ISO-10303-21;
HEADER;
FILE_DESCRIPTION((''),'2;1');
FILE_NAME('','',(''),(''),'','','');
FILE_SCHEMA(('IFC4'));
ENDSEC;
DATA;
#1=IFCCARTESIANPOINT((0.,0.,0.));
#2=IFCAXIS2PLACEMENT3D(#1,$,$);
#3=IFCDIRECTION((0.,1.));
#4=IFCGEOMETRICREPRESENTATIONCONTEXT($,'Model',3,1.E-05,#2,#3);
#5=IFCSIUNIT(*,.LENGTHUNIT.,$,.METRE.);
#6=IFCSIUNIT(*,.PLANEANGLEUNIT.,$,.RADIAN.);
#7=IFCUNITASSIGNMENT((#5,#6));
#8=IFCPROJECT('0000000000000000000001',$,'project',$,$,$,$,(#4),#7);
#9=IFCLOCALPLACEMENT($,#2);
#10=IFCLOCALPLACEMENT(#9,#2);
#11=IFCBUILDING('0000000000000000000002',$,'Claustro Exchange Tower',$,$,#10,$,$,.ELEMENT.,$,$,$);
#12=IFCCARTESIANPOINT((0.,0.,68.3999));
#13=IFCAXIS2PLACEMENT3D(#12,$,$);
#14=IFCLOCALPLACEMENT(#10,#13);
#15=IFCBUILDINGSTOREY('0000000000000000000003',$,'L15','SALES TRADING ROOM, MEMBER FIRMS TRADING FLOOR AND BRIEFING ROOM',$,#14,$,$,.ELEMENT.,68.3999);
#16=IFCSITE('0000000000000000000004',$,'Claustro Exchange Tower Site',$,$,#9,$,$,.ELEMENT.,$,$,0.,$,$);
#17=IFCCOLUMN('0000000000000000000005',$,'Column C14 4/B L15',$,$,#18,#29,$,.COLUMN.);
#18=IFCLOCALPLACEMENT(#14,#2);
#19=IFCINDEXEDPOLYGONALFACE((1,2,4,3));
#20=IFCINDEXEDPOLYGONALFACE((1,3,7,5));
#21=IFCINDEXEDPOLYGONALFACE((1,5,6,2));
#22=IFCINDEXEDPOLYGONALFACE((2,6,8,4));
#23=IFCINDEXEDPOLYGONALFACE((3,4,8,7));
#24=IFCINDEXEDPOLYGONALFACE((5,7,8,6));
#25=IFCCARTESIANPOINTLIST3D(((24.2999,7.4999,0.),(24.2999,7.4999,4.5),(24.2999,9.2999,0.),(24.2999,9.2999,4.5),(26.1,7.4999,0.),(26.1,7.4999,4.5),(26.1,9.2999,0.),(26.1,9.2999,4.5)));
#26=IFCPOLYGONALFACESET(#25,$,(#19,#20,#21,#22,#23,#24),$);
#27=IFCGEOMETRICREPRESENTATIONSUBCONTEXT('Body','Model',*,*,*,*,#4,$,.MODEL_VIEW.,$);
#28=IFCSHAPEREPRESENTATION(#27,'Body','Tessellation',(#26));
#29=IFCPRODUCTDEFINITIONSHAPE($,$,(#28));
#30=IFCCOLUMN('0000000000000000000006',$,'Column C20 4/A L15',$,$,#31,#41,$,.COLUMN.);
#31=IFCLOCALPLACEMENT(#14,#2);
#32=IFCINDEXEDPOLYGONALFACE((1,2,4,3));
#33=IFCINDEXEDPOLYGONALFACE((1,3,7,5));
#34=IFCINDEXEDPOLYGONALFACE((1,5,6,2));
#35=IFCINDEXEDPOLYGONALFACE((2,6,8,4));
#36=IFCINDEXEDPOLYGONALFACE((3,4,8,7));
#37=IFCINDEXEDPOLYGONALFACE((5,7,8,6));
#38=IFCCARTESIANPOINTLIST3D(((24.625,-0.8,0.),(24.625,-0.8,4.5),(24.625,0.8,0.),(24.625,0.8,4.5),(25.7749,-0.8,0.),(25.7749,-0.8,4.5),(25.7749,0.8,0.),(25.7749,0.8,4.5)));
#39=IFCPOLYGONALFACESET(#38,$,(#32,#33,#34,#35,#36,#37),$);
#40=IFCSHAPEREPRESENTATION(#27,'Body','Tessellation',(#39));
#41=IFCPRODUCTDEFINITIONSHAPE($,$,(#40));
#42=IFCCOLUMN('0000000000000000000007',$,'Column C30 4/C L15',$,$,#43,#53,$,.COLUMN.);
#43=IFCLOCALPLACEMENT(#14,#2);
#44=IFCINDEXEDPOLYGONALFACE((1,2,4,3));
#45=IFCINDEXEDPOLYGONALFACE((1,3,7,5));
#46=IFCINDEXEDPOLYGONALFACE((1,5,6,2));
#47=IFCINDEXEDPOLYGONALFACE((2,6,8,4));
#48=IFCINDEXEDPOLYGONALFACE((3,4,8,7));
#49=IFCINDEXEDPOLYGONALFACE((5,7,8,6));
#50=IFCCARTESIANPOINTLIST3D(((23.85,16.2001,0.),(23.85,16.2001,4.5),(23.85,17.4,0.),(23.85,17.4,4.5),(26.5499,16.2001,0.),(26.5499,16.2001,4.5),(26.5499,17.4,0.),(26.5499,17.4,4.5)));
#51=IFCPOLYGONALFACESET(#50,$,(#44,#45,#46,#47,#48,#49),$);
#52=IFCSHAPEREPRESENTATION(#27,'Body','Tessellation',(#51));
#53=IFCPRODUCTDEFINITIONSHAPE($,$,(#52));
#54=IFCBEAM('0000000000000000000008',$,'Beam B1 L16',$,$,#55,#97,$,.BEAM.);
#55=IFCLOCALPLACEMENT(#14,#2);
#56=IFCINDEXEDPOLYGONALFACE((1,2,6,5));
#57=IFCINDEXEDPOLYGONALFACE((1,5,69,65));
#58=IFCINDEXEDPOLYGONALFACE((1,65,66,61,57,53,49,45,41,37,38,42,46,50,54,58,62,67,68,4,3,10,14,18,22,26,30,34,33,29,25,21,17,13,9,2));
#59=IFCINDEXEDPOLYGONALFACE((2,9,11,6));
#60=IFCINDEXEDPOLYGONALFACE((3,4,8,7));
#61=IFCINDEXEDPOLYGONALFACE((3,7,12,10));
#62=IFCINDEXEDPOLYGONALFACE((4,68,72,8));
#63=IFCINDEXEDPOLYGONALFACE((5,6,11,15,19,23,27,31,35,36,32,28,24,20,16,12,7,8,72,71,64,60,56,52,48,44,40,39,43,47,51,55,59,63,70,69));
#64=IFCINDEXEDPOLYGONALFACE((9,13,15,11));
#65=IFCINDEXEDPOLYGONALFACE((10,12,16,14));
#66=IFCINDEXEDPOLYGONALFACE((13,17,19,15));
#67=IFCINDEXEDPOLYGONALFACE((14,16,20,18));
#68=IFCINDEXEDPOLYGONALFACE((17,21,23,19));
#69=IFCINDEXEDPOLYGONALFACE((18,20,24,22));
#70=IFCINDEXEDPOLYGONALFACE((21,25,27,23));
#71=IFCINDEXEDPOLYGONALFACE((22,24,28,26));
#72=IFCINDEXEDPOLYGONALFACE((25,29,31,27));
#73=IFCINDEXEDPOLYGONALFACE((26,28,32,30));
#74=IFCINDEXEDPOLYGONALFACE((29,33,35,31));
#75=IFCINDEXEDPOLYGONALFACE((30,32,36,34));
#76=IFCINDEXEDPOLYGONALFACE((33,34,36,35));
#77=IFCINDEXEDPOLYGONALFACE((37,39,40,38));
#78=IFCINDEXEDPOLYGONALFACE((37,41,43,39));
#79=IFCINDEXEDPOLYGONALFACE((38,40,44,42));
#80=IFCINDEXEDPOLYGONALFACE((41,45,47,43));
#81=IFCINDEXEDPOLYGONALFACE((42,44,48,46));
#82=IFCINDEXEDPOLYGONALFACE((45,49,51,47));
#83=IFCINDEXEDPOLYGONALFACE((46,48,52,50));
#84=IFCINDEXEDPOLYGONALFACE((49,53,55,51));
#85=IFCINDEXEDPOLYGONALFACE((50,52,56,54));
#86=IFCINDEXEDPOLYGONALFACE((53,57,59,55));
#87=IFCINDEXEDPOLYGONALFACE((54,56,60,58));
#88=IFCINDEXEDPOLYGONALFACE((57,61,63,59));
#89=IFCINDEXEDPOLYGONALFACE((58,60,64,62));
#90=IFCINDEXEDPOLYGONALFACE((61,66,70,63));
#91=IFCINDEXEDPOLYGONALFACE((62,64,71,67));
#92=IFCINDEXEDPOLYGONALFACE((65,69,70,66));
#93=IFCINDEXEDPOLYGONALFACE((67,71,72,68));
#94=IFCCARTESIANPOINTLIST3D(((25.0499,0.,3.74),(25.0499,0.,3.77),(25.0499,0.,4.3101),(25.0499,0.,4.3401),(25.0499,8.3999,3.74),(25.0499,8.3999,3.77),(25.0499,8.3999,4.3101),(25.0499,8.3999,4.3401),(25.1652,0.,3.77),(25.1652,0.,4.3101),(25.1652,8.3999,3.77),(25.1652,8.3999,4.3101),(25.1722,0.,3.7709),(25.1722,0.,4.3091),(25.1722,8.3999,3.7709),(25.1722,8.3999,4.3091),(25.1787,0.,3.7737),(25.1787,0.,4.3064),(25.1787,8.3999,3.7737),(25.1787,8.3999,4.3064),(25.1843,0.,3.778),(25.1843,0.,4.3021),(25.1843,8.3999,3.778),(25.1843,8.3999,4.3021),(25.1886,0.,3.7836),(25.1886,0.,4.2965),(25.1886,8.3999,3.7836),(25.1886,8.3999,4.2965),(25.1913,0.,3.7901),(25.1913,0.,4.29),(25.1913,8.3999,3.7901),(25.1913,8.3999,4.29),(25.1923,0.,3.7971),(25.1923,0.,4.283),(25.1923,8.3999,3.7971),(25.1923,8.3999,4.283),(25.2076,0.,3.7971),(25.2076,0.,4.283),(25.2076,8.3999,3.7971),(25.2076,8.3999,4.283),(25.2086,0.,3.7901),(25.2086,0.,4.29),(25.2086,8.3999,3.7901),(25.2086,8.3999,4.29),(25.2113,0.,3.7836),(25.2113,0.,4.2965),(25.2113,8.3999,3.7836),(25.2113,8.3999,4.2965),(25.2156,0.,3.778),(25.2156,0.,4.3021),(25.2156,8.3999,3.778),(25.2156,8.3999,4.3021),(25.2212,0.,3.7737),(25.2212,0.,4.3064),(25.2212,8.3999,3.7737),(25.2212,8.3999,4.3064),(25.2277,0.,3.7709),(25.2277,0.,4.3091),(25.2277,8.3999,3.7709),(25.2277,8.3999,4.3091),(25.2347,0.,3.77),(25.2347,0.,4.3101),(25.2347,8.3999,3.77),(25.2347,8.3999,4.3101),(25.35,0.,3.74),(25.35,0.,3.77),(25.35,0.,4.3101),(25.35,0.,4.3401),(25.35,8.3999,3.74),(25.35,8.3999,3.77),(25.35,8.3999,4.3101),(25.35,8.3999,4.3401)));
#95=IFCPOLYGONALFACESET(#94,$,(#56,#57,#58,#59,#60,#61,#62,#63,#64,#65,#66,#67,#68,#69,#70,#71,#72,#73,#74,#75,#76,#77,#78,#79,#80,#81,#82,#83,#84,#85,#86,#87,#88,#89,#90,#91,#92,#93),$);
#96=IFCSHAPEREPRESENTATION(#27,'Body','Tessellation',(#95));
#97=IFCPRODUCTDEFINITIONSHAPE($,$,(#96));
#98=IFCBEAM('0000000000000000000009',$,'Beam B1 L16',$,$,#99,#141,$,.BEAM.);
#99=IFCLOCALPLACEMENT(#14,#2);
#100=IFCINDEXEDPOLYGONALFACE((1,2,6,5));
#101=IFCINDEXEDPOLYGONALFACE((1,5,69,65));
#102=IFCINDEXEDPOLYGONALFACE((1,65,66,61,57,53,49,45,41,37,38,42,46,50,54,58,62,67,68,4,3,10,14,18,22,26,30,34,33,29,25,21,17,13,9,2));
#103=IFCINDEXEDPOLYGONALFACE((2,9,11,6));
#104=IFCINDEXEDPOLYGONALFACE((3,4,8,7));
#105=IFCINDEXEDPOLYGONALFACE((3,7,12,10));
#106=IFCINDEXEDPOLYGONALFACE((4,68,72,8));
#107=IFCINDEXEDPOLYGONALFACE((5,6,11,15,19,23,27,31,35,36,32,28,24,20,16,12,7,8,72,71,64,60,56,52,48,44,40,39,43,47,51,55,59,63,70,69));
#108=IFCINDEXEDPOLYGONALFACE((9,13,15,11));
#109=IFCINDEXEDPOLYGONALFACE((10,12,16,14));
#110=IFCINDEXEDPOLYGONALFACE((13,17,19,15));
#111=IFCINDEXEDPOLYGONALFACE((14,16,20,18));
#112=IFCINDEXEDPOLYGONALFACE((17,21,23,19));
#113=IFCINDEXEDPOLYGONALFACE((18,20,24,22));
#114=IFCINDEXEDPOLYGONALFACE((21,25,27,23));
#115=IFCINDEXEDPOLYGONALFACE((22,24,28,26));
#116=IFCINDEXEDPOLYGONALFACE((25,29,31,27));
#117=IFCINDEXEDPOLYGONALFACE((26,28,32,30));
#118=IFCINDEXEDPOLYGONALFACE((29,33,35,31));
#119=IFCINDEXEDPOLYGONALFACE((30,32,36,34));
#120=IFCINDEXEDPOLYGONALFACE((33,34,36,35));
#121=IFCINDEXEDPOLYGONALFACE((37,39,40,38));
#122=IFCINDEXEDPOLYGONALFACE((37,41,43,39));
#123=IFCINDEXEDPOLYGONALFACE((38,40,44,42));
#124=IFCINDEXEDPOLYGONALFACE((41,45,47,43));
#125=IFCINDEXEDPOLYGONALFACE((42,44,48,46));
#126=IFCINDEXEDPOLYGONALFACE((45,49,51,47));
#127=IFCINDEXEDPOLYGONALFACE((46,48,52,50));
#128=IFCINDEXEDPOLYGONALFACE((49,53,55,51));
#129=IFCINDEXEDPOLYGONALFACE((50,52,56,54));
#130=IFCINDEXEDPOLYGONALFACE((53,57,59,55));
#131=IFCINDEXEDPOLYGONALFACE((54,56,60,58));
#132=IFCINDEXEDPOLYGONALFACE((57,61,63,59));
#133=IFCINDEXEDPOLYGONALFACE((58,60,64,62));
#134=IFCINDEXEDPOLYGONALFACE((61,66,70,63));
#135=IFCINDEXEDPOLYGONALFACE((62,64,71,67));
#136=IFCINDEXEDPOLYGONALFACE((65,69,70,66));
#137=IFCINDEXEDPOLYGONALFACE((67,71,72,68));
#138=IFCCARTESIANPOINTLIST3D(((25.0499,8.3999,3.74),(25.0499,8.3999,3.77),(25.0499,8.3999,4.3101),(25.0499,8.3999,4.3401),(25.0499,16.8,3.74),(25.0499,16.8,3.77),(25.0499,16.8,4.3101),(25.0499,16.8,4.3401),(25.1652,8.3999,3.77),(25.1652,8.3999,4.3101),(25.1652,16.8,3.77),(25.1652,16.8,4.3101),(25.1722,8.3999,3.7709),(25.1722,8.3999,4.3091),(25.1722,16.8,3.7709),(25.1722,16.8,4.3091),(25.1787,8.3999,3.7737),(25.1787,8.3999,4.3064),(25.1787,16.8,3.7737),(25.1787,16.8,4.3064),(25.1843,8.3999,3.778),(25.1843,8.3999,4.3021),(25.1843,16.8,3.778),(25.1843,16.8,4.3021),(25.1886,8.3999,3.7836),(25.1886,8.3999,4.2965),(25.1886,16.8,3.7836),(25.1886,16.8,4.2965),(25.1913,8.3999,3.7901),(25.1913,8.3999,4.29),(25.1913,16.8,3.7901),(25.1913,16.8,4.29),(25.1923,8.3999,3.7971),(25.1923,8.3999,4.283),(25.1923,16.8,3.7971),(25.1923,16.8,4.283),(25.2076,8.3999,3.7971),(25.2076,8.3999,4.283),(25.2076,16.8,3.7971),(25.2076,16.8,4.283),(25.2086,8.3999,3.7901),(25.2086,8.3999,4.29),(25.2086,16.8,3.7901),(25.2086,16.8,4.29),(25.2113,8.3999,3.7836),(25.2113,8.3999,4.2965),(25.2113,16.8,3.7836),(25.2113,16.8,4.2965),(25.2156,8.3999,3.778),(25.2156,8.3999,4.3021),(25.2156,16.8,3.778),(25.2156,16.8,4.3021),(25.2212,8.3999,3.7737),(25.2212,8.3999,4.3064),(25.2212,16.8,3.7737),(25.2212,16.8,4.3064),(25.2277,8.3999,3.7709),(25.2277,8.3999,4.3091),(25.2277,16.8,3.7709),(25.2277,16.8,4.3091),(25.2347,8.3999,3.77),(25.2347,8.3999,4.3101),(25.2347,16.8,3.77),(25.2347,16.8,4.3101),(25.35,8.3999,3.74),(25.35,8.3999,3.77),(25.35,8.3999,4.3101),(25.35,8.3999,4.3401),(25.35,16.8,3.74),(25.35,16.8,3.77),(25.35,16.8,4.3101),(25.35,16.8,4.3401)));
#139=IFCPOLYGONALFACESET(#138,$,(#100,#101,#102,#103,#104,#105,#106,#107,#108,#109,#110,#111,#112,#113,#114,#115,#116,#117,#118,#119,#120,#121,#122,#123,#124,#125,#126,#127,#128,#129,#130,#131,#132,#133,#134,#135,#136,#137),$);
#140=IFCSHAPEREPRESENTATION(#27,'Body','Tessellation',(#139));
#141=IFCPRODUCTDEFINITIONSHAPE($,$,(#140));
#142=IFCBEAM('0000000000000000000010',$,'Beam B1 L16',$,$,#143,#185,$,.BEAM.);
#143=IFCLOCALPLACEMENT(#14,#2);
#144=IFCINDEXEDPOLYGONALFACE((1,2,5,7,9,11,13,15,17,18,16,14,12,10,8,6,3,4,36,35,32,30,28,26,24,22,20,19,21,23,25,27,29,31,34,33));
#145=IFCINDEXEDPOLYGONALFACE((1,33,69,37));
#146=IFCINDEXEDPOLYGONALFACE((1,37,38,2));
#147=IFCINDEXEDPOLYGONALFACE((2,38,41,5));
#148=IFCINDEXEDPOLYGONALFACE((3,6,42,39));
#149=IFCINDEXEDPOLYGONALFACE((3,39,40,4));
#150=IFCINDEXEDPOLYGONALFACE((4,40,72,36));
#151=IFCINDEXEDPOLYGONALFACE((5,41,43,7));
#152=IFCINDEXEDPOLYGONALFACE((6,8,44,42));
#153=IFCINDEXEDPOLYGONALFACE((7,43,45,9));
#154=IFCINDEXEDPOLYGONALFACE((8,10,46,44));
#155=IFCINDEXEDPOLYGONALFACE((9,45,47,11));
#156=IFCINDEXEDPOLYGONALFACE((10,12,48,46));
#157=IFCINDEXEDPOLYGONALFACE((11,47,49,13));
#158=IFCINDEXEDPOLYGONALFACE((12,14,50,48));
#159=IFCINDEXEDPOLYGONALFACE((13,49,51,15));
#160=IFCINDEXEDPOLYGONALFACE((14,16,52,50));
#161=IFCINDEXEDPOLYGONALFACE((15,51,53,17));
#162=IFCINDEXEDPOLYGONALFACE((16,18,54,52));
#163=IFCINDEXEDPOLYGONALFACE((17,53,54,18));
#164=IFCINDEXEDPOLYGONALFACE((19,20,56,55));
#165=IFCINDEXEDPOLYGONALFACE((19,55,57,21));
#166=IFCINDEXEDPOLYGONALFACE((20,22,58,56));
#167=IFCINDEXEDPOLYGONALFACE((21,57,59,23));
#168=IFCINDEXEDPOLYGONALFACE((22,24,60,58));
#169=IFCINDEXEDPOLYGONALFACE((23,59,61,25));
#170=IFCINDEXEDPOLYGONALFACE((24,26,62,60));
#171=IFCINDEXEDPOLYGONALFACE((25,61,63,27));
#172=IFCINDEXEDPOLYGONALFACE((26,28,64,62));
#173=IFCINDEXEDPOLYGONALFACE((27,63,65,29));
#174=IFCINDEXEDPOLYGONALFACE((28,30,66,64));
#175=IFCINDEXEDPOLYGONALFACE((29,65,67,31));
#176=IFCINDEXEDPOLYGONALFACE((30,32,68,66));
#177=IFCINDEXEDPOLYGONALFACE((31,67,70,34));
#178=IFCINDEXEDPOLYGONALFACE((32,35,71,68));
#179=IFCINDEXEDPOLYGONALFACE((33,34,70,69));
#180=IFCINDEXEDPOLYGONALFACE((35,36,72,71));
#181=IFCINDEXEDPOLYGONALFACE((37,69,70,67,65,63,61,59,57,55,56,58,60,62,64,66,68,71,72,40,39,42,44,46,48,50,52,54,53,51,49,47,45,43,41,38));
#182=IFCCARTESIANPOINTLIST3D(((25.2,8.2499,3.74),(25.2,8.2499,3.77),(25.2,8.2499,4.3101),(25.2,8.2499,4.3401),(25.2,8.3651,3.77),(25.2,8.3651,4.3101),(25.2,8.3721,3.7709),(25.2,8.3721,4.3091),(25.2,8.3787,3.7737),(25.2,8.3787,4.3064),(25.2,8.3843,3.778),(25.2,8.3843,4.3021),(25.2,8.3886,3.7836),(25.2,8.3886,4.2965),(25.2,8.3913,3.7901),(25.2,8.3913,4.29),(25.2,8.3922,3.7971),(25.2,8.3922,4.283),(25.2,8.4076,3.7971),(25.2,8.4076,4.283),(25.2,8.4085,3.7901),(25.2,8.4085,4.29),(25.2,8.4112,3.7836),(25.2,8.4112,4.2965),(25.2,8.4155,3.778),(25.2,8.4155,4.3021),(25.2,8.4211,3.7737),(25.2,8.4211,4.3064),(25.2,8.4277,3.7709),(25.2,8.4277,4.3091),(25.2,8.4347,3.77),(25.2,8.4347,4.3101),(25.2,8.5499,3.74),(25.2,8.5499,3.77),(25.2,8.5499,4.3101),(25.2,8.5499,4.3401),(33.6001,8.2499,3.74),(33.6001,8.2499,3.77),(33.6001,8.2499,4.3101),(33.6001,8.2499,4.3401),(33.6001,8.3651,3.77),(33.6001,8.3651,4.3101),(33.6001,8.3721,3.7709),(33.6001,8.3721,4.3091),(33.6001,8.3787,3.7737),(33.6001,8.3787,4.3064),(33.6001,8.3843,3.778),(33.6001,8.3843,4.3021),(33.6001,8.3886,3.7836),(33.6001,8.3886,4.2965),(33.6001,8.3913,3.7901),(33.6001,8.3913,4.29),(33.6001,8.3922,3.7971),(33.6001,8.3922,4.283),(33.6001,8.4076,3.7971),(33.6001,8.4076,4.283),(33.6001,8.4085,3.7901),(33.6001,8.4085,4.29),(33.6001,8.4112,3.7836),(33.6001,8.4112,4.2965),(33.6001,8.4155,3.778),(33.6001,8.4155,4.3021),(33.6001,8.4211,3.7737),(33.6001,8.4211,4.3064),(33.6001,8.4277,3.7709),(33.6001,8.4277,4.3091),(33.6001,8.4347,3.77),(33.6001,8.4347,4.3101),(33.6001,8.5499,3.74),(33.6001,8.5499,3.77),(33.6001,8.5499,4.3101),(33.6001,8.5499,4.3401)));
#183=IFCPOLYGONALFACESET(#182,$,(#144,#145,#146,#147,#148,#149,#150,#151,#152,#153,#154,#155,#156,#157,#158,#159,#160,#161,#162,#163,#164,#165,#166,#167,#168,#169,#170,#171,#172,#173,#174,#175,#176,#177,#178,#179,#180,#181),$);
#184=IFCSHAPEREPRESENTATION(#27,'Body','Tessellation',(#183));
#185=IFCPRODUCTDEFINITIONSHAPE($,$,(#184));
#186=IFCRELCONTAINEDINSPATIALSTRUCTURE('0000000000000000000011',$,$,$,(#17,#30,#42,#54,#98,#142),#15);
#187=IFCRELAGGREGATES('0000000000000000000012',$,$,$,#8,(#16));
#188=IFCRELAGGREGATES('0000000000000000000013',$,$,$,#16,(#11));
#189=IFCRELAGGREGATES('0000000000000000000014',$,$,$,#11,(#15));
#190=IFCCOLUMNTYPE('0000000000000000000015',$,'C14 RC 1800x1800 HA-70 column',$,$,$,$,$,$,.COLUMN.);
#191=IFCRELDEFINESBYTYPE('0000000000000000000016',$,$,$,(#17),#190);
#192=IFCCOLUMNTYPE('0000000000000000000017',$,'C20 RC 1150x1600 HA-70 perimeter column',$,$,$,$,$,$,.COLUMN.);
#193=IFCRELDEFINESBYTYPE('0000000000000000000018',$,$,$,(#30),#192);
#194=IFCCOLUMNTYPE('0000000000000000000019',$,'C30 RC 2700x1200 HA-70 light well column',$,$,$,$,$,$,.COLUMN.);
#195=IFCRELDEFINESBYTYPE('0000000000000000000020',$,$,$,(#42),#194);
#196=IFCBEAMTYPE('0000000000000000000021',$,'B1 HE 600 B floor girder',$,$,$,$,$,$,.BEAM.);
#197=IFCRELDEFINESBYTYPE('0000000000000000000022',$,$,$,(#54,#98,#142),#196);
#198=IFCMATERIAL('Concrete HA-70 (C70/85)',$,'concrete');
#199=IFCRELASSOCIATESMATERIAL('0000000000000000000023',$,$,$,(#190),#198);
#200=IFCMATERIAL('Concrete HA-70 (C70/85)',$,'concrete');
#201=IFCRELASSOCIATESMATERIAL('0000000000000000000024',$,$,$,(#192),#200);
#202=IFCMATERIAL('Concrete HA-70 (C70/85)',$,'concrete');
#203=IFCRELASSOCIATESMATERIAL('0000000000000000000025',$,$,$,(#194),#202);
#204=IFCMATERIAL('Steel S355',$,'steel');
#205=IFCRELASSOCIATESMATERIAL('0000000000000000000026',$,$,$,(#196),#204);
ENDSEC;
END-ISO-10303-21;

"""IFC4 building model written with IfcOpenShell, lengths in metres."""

from ifc_helpers import new_model, si_unit, direction, frame, origin, origin_2d, place, context, subcontext, project, spatial, rectangle, i_section, extrude, material, material_profile, profile_set, type_object, element, save


model = new_model("IFC4")

# Units and contexts
model_context = context("Model", 3, precision=1e-05, world=origin(), true_north=direction((0.0, 1.0)))
body_context = subcontext(model_context, "Body", "Model", "MODEL_VIEW")
ifc_project = project(units=[si_unit("LENGTHUNIT", "METRE"), si_unit("PLANEANGLEUNIT", "RADIAN")], contexts=[model_context])

# Site, building, storey
site_placement = place(None, origin())
site = spatial("IfcSite", under=ifc_project, at=site_placement, Name="Claustro Exchange Tower Site", CompositionType="ELEMENT", RefElevation=0.0)
building_placement = place(site_placement, origin())
building = spatial("IfcBuilding", under=site, at=building_placement, Name="Claustro Exchange Tower", CompositionType="ELEMENT")
storey_placement = place(building_placement, frame((0.0, 0.0, 68.3999)))
storey = spatial("IfcBuildingStorey", under=building, at=storey_placement, Name="L15", Description="SALES TRADING ROOM, MEMBER FIRMS TRADING FLOOR AND BRIEFING ROOM", CompositionType="ELEMENT", Elevation=68.3999)

# Columns
ifc_material_1 = material(Name="Concrete HA-70 (C70/85)", Category="concrete")
ifc_material_profile_1 = material_profile(ifc_material_1, rectangle(XDim=1.8, YDim=1.8, at=origin_2d()), Name="RC 1800x1800")
ifc_profile_set_1 = profile_set([ifc_material_profile_1], Name="Concrete HA-70 (C70/85)")
column_type_1 = type_object("IfcColumnType", Name="C14 RC 1800x1800 HA-70 column", PredefinedType="COLUMN", material=ifc_profile_set_1)
column_1_placement = place(storey_placement, frame((25.2, 8.3999, 0.0), z_axis=(0.0, 0.0, 1.0), x_axis=(1.0, 0.0, 0.0)))
element("IfcColumn", 1, at=column_1_placement, inside=storey, type_object=column_type_1, Name="Column C14 4/B L15", PredefinedType="COLUMN", context=body_context, shape_type="SweptSolid", body=[
    extrude(rectangle(XDim=1.8, YDim=1.8, at=origin_2d()), origin(), (0.0, 0.0, 1.0), 4.5),
])
ifc_material_2 = material(Name="Concrete HA-70 (C70/85)", Category="concrete")
ifc_material_profile_2 = material_profile(ifc_material_2, rectangle(XDim=1.1499, YDim=1.6001, at=origin_2d()), Name="RC 1150x1600")
ifc_profile_set_2 = profile_set([ifc_material_profile_2], Name="Concrete HA-70 (C70/85)")
column_type_2 = type_object("IfcColumnType", Name="C20 RC 1150x1600 HA-70 perimeter column", PredefinedType="COLUMN", material=ifc_profile_set_2)
column_2_placement = place(storey_placement, frame((25.2, 0.0, 0.0), z_axis=(0.0, 0.0, 1.0), x_axis=(1.0, 0.0, 0.0)))
element("IfcColumn", 2, at=column_2_placement, inside=storey, type_object=column_type_2, Name="Column C20 4/A L15", PredefinedType="COLUMN", context=body_context, shape_type="SweptSolid", body=[
    extrude(rectangle(XDim=1.1499, YDim=1.6001, at=origin_2d()), origin(), (0.0, 0.0, 1.0), 4.5),
])
ifc_material_3 = material(Name="Concrete HA-70 (C70/85)", Category="concrete")
ifc_material_profile_3 = material_profile(ifc_material_3, rectangle(XDim=2.7, YDim=1.2, at=origin_2d()), Name="RC 2700x1200")
ifc_profile_set_3 = profile_set([ifc_material_profile_3], Name="Concrete HA-70 (C70/85)")
column_type_3 = type_object("IfcColumnType", Name="C30 RC 2700x1200 HA-70 light well column", PredefinedType="COLUMN", material=ifc_profile_set_3)
column_3_placement = place(storey_placement, frame((25.2, 16.8, 0.0), z_axis=(0.0, 0.0, 1.0), x_axis=(1.0, 0.0, 0.0)))
element("IfcColumn", 3, at=column_3_placement, inside=storey, type_object=column_type_3, Name="Column C30 4/C L15", PredefinedType="COLUMN", context=body_context, shape_type="SweptSolid", body=[
    extrude(rectangle(XDim=2.7, YDim=1.2, at=origin_2d()), origin(), (0.0, 0.0, 1.0), 4.5),
])

# Beams
ifc_material_4 = material(Name="Steel S355", Category="steel")
ifc_material_profile_4 = material_profile(ifc_material_4, i_section(OverallWidth=0.3, OverallDepth=0.6001, WebThickness=0.0154, FlangeThickness=0.03, FilletRadius=0.0271, at=origin_2d()), Name="HE 600 B")
ifc_profile_set_4 = profile_set([ifc_material_profile_4], Name="Steel S355")
beam_type_1 = type_object("IfcBeamType", Name="B1 HE 600 B floor girder", PredefinedType="BEAM", material=ifc_profile_set_4)
beam_1_placement = place(storey_placement, frame((25.2, 0.0, 4.04), z_axis=(0.0, 1.0, 0.0), x_axis=(-1.0, 0.0, 0.0)))
element("IfcBeam", 4, at=beam_1_placement, inside=storey, type_object=beam_type_1, Name="Beam B1 L16", PredefinedType="BEAM", context=body_context, shape_type="SweptSolid", body=[
    extrude(i_section(OverallWidth=0.3, OverallDepth=0.6001, WebThickness=0.0154, FlangeThickness=0.03, FilletRadius=0.0271, at=origin_2d()), origin(), (0.0, 0.0, 1.0), 8.3999),
])
for number, where, z_axis, x_axis, name in (
    (5, (25.2, 8.3999, 4.04), (0.0, 1.0, 0.0), (-1.0, 0.0, 0.0), "Beam B1 L16"),
    (6, (25.2, 8.3999, 4.04), (1.0, 0.0, 0.0), (0.0, 1.0, 0.0), "Beam B1 L16"),
):
    element("IfcBeam", number, at=place(storey_placement, frame(where, z_axis=z_axis, x_axis=x_axis)), inside=storey, type_object=beam_type_1, Name=name, PredefinedType="BEAM", context=body_context, shape_type="SweptSolid", body=[
        extrude(i_section(OverallWidth=0.3, OverallDepth=0.6001, WebThickness=0.0154, FlangeThickness=0.03, FilletRadius=0.0271, at=origin_2d()), origin(), (0.0, 0.0, 1.0), 8.4001),
    ])

save(model, "model.ifc")
